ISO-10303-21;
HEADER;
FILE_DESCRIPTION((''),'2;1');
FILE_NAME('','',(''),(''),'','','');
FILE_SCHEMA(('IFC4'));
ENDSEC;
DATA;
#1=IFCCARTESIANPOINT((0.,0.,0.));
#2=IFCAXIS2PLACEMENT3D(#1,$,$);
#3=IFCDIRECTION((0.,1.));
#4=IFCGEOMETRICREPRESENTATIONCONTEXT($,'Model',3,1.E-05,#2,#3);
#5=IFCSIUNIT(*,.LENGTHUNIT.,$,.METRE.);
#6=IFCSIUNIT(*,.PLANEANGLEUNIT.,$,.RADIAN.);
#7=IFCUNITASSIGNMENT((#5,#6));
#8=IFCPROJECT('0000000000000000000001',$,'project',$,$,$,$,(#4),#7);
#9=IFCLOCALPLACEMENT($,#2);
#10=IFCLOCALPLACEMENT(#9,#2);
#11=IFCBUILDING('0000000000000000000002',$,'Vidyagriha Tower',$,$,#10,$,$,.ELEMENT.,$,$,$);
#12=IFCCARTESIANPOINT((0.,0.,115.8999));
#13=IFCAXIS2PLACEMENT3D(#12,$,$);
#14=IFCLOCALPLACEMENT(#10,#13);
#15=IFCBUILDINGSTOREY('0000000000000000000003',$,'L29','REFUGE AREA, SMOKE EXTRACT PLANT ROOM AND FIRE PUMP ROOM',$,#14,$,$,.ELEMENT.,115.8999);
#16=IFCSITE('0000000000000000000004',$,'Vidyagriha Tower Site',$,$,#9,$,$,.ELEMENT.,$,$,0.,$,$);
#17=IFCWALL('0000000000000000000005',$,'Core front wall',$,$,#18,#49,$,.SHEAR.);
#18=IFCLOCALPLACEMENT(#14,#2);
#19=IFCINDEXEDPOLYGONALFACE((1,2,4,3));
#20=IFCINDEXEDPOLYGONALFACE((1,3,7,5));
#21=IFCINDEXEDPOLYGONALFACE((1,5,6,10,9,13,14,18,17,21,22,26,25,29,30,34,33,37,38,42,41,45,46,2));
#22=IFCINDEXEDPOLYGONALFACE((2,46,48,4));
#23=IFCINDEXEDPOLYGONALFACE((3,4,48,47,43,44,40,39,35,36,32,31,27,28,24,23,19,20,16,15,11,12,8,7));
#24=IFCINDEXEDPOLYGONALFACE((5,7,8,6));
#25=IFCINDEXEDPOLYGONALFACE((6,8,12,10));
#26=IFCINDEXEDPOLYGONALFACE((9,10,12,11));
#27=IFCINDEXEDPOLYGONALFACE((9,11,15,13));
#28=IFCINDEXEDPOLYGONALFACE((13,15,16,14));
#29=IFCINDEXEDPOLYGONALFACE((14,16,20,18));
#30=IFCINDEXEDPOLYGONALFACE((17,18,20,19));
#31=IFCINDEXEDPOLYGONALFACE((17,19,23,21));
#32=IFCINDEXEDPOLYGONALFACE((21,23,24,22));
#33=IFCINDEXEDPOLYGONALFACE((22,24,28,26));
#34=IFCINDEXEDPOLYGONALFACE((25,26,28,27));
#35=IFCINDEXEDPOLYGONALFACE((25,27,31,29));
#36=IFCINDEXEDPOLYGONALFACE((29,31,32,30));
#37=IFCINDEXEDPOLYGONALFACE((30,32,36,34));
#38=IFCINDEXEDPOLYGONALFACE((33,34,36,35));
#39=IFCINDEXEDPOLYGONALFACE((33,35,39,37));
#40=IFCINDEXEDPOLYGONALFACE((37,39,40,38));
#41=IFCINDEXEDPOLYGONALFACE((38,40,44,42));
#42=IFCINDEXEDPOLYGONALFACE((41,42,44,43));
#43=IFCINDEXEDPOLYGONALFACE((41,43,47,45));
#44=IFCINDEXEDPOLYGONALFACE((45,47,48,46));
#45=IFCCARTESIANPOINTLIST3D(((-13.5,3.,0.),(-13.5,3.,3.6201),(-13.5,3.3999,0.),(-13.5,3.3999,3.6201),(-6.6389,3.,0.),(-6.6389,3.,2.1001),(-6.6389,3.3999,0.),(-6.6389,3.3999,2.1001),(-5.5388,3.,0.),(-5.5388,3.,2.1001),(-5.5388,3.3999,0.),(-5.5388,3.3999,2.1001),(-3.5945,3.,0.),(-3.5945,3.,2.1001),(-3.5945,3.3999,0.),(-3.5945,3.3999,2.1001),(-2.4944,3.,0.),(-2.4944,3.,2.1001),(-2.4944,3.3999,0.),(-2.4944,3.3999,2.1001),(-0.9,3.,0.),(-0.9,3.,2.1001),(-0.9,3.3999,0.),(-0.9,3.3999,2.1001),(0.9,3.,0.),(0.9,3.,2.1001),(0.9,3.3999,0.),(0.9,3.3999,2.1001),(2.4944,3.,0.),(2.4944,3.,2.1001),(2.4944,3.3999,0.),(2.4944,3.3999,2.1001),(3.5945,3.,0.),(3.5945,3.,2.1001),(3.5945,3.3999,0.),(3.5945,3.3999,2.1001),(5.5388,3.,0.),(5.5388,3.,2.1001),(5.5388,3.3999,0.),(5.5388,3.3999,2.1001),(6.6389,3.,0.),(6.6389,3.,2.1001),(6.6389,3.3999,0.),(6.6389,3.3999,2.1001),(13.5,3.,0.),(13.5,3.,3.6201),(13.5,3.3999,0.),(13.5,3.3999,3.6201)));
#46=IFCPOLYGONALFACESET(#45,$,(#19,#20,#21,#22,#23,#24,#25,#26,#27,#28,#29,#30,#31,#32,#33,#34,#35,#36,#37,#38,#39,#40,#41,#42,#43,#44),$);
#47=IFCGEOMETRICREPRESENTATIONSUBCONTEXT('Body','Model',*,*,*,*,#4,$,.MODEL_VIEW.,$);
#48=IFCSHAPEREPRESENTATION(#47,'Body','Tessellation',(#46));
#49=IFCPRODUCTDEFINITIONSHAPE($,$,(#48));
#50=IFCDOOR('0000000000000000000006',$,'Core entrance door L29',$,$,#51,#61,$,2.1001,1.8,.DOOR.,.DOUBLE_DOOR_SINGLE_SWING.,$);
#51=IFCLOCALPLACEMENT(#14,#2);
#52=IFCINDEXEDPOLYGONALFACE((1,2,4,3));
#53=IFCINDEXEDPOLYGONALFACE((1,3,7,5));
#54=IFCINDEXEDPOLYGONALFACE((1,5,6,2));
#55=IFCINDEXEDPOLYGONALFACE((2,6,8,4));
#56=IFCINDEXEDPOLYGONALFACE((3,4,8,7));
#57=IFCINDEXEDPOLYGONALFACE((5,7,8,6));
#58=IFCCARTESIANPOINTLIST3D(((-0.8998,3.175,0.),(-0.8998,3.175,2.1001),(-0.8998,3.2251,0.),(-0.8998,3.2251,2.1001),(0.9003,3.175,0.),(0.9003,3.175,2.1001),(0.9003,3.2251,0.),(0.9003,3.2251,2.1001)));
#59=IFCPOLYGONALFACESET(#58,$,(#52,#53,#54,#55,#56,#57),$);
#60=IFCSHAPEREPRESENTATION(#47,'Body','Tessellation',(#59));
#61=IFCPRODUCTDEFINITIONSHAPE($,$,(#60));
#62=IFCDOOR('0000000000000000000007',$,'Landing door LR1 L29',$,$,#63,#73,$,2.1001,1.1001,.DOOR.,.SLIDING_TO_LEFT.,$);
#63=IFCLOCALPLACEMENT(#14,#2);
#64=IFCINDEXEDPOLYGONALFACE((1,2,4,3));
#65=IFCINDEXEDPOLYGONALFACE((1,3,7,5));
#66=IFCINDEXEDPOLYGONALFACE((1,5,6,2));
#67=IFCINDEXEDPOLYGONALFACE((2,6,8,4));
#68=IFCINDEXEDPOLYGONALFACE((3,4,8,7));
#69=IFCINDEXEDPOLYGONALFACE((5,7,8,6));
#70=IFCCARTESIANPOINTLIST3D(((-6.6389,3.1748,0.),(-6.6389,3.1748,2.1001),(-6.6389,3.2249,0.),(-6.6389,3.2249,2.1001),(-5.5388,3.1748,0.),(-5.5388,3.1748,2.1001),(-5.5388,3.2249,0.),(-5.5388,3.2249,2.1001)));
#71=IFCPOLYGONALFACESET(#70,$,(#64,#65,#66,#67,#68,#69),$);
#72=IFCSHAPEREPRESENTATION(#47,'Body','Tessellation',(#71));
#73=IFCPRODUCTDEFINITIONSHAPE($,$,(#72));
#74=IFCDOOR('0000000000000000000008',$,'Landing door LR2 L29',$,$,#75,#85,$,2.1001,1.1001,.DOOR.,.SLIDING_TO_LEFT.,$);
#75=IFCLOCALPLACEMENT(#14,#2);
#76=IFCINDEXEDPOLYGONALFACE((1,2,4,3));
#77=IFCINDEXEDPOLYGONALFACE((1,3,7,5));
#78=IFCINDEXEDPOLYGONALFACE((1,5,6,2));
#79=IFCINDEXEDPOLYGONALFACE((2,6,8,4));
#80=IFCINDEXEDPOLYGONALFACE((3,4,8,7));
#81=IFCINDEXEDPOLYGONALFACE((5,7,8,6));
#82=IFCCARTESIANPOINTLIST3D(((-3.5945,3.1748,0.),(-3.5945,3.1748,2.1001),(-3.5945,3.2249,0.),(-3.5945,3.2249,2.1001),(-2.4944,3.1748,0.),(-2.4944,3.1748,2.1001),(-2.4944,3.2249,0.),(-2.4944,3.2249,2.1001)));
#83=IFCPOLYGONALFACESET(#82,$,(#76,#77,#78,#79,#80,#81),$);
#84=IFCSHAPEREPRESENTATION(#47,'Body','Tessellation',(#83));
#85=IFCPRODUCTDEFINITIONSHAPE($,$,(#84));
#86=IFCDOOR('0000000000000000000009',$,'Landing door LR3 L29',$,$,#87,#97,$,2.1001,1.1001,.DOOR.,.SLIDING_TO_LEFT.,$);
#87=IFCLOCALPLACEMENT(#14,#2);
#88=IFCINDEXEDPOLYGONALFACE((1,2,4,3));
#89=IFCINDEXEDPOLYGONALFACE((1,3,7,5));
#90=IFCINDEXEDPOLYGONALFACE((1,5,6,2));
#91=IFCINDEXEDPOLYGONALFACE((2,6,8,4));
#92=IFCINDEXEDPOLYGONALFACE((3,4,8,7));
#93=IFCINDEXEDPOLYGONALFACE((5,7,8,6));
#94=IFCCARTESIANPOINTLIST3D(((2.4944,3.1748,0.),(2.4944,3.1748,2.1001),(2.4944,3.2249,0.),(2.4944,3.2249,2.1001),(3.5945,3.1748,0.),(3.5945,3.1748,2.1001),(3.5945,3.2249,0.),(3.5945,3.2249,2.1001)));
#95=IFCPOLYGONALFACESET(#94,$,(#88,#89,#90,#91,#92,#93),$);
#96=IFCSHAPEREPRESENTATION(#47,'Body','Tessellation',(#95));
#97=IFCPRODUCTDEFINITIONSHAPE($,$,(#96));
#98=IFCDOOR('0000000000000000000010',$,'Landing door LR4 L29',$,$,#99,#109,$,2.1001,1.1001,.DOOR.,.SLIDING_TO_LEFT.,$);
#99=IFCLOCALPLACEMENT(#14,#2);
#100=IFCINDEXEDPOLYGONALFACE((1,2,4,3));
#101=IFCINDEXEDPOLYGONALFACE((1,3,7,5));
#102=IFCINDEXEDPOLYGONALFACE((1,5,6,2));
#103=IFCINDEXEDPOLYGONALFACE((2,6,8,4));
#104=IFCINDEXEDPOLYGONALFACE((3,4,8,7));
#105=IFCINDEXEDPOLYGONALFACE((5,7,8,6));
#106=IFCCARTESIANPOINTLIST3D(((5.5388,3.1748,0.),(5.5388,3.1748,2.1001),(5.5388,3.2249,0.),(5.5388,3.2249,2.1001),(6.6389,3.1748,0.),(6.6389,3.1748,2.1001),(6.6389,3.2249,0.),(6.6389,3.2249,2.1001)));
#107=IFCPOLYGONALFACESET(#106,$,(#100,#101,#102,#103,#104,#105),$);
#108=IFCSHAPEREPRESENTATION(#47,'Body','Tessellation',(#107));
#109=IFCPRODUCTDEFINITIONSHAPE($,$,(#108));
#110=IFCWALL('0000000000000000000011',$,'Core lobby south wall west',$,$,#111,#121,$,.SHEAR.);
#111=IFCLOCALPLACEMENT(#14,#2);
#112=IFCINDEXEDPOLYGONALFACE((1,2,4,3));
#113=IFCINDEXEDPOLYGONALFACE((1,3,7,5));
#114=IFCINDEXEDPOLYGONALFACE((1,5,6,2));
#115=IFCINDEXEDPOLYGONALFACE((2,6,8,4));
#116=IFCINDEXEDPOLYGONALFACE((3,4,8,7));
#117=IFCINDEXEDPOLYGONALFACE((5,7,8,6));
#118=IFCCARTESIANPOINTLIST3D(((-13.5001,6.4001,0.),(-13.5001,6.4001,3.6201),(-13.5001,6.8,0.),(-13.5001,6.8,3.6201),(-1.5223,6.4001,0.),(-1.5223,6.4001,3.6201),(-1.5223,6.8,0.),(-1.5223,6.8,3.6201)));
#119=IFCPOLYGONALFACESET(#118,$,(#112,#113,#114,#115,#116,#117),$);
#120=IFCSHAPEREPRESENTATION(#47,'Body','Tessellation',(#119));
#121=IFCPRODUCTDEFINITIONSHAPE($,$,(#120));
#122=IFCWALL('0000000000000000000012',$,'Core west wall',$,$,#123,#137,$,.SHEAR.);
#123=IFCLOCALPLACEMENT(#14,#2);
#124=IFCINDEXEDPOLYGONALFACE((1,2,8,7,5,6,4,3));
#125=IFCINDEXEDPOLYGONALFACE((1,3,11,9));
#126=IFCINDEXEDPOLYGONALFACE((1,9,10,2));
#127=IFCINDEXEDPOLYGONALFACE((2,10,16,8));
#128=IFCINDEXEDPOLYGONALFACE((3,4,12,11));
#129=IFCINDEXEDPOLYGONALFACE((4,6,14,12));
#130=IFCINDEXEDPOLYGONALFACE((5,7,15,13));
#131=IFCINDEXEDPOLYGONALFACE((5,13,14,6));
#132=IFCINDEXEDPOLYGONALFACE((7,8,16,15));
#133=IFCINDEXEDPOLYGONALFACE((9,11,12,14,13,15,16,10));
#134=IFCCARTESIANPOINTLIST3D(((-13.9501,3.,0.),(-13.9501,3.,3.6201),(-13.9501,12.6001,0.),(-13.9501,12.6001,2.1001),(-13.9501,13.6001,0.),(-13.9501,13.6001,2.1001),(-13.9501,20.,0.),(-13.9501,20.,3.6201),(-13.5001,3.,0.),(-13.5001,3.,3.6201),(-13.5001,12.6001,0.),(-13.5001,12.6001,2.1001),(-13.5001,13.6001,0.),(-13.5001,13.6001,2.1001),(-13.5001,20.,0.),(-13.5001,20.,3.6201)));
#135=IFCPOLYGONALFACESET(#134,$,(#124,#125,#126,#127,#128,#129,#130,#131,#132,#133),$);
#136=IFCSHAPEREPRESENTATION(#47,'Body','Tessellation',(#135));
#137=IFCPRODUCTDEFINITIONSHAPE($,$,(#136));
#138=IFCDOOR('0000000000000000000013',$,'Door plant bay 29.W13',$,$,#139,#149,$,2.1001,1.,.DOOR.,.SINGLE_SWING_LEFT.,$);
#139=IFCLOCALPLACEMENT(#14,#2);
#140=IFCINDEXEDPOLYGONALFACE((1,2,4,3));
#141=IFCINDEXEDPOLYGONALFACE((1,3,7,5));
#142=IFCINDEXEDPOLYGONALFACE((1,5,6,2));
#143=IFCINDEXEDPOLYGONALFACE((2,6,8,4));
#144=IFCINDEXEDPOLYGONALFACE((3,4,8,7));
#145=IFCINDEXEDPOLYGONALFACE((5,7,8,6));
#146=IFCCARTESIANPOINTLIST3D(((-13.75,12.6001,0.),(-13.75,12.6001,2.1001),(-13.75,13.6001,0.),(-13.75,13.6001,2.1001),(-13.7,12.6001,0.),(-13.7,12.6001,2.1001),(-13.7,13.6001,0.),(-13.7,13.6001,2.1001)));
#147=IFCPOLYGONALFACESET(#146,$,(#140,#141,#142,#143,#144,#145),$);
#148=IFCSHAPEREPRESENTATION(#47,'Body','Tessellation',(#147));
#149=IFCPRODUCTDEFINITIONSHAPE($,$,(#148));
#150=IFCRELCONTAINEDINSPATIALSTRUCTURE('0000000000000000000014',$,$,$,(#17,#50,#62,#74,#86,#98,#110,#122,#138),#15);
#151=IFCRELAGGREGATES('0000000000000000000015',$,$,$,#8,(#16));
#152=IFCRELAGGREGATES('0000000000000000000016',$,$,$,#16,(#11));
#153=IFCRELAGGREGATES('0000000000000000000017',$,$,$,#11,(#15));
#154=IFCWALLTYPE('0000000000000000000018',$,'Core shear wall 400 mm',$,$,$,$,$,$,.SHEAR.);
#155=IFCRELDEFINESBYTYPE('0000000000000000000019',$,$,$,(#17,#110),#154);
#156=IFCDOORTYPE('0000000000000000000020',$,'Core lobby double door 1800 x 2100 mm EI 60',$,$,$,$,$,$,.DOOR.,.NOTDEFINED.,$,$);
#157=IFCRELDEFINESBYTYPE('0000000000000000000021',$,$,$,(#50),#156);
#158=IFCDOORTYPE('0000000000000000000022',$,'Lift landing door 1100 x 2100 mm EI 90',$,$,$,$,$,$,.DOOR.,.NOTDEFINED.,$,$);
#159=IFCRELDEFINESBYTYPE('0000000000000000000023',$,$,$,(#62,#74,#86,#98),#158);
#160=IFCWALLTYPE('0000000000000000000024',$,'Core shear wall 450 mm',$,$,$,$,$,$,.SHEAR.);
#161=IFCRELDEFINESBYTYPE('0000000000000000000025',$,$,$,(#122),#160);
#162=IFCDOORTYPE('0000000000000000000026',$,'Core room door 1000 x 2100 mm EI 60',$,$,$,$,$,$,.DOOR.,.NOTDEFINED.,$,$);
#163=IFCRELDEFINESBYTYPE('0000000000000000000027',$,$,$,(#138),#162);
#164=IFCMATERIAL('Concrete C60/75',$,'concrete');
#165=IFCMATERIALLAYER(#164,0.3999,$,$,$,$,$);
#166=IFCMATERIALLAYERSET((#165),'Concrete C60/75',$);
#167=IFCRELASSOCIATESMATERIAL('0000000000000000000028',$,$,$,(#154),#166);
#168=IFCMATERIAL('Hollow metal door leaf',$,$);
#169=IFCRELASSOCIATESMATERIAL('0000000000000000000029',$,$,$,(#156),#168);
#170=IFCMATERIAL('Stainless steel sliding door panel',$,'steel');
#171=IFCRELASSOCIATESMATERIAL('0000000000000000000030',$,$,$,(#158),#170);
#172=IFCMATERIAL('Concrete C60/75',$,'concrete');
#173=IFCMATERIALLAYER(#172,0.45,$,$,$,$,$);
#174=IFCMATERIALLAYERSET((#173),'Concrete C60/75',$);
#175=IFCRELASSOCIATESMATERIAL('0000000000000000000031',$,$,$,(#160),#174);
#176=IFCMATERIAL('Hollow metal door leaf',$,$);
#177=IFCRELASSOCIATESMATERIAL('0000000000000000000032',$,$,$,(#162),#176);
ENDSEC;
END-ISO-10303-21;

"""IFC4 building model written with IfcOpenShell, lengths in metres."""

from ifc_helpers import new_model, si_unit, direction, frame, frame_2d, origin, place, context, subcontext, project, spatial, rectangle, extrude, material, layer, layer_set, type_object, element, fill, save


model = new_model("IFC4")

# Units and contexts
model_context = context("Model", 3, precision=1e-05, world=origin(), true_north=direction((0.0, 1.0)))
body_context = subcontext(model_context, "Body", "Model", "MODEL_VIEW")
ifc_project = project(units=[si_unit("LENGTHUNIT", "METRE"), si_unit("PLANEANGLEUNIT", "RADIAN")], contexts=[model_context])

# Site, building, storey
site_placement = place(None, origin())
site = spatial("IfcSite", under=ifc_project, at=site_placement, Name="Vidyagriha Tower Site", CompositionType="ELEMENT", RefElevation=0.0)
building_placement = place(site_placement, origin())
building = spatial("IfcBuilding", under=site, at=building_placement, Name="Vidyagriha Tower", CompositionType="ELEMENT")
storey_placement = place(building_placement, frame((0.0, 0.0, 115.8999)))
storey = spatial("IfcBuildingStorey", under=building, at=storey_placement, Name="L29", Description="REFUGE AREA, SMOKE EXTRACT PLANT ROOM AND FIRE PUMP ROOM", CompositionType="ELEMENT", Elevation=115.8999)

# Wall, openings, doors
ifc_material_1 = material(Name="Concrete C60/75", Category="concrete")
ifc_layer_1 = layer(ifc_material_1, 0.3999)
ifc_layer_set_1 = layer_set([ifc_layer_1], Name="Concrete C60/75")
wall_type_1 = type_object("IfcWallType", Name="Core shear wall 400 mm", PredefinedType="SHEAR", material=ifc_layer_set_1)
wall_1_placement = place(storey_placement, frame((-13.5, 3.2, 0.0)))
wall_1 = element("IfcWall", 1, at=wall_1_placement, inside=storey, type_object=wall_type_1, Name="Core front wall", PredefinedType="SHEAR", context=body_context, shape_type="SweptSolid", body=[
    extrude(rectangle(XDim=27.0, YDim=0.3999, at=frame_2d((13.5, 0.0))), origin(), (0.0, 0.0, 1.0), 3.6201),
])
opening_1_placement = place(wall_1_placement, frame((6.8611, 0.0, 0.0)))
opening_1 = element("IfcOpeningElement", 2, at=opening_1_placement, cuts=wall_1, PredefinedType="OPENING", context=body_context, shape_type="SweptSolid", body=[
    extrude(rectangle(XDim=1.1001, YDim=2.1001, at=frame_2d((0.55, 1.05))), frame((0.0, 0.21, 0.0), z_axis=(0.0, -1.0, 0.0), x_axis=(1.0, 0.0, 0.0)), (0.0, 0.0, 1.0), 0.4199),
])
opening_2_placement = place(wall_1_placement, frame((9.9055, 0.0, 0.0)))
opening_2 = element("IfcOpeningElement", 3, at=opening_2_placement, cuts=wall_1, PredefinedType="OPENING", context=body_context, shape_type="SweptSolid", body=[
    extrude(rectangle(XDim=1.1001, YDim=2.1001, at=frame_2d((0.55, 1.05))), frame((0.0, 0.21, 0.0), z_axis=(0.0, -1.0, 0.0), x_axis=(1.0, 0.0, 0.0)), (0.0, 0.0, 1.0), 0.4199),
])
opening_3_placement = place(wall_1_placement, frame((15.9944, 0.0, 0.0)))
opening_3 = element("IfcOpeningElement", 4, at=opening_3_placement, cuts=wall_1, PredefinedType="OPENING", context=body_context, shape_type="SweptSolid", body=[
    extrude(rectangle(XDim=1.1001, YDim=2.1001, at=frame_2d((0.55, 1.05))), frame((0.0, 0.21, 0.0), z_axis=(0.0, -1.0, 0.0), x_axis=(1.0, 0.0, 0.0)), (0.0, 0.0, 1.0), 0.4199),
])
opening_4_placement = place(wall_1_placement, frame((19.0388, 0.0, 0.0)))
opening_4 = element("IfcOpeningElement", 5, at=opening_4_placement, cuts=wall_1, PredefinedType="OPENING", context=body_context, shape_type="SweptSolid", body=[
    extrude(rectangle(XDim=1.1001, YDim=2.1001, at=frame_2d((0.55, 1.05))), frame((0.0, 0.21, 0.0), z_axis=(0.0, -1.0, 0.0), x_axis=(1.0, 0.0, 0.0)), (0.0, 0.0, 1.0), 0.4199),
])
opening_5_placement = place(wall_1_placement, frame((12.6001, 0.0, 0.0)))
opening_5 = element("IfcOpeningElement", 6, at=opening_5_placement, cuts=wall_1, PredefinedType="OPENING", context=body_context, shape_type="SweptSolid", body=[
    extrude(rectangle(XDim=1.8, YDim=2.1001, at=frame_2d((0.8999, 1.05))), frame((0.0, 0.21, 0.0), z_axis=(0.0, -1.0, 0.0), x_axis=(1.0, 0.0, 0.0)), (0.0, 0.0, 1.0), 0.4199),
])
ifc_material_2 = material(Name="Hollow metal door leaf")
door_type_1 = type_object("IfcDoorType", Name="Core lobby double door 1800 x 2100 mm EI 60", OperationType="NOTDEFINED", PredefinedType="DOOR", material=ifc_material_2)
door_1_placement = place(opening_5_placement, frame((1.8, 0.0, 0.0), z_axis=(0.0, 0.0, 1.0), x_axis=(-1.0, 0.0, 0.0)))
door_1 = element("IfcDoor", 7, at=door_1_placement, inside=storey, type_object=door_type_1, Name="Core entrance door L29", OperationType="DOUBLE_DOOR_SINGLE_SWING", OverallHeight=2.1001, OverallWidth=1.8, PredefinedType="DOOR", context=body_context, shape_type="SweptSolid", body=[
    extrude(rectangle(XDim=1.8, YDim=2.1001, at=frame_2d((0.8999, 1.05))), frame((0.0, 0.0249, 0.0), z_axis=(0.0, -1.0, 0.0), x_axis=(1.0, 0.0, 0.0)), (0.0, 0.0, 1.0), 0.05),
])
fill(opening_5, door_1)
ifc_material_3 = material(Name="Stainless steel sliding door panel", Category="steel")
door_type_2 = type_object("IfcDoorType", Name="Lift landing door 1100 x 2100 mm EI 90", OperationType="NOTDEFINED", PredefinedType="DOOR", material=ifc_material_3)
door_2_placement = place(opening_1_placement, origin())
door_2 = element("IfcDoor", 8, at=door_2_placement, inside=storey, type_object=door_type_2, Name="Landing door LR1 L29", OperationType="SLIDING_TO_LEFT", OverallHeight=2.1001, OverallWidth=1.1001, PredefinedType="DOOR", context=body_context, shape_type="SweptSolid", body=[
    extrude(rectangle(XDim=1.1001, YDim=2.1001, at=frame_2d((0.55, 1.05))), frame((0.0, 0.0249, 0.0), z_axis=(0.0, -1.0, 0.0), x_axis=(1.0, 0.0, 0.0)), (0.0, 0.0, 1.0), 0.05),
])
fill(opening_1, door_2)
door_3_placement = place(opening_2_placement, origin())
door_3 = element("IfcDoor", 9, at=door_3_placement, inside=storey, type_object=door_type_2, Name="Landing door LR2 L29", OperationType="SLIDING_TO_LEFT", OverallHeight=2.1001, OverallWidth=1.1001, PredefinedType="DOOR", context=body_context, shape_type="SweptSolid", body=[
    extrude(rectangle(XDim=1.1001, YDim=2.1001, at=frame_2d((0.55, 1.05))), frame((0.0, 0.0249, 0.0), z_axis=(0.0, -1.0, 0.0), x_axis=(1.0, 0.0, 0.0)), (0.0, 0.0, 1.0), 0.05),
])
fill(opening_2, door_3)
door_4_placement = place(opening_3_placement, origin())
door_4 = element("IfcDoor", 10, at=door_4_placement, inside=storey, type_object=door_type_2, Name="Landing door LR3 L29", OperationType="SLIDING_TO_LEFT", OverallHeight=2.1001, OverallWidth=1.1001, PredefinedType="DOOR", context=body_context, shape_type="SweptSolid", body=[
    extrude(rectangle(XDim=1.1001, YDim=2.1001, at=frame_2d((0.55, 1.05))), frame((0.0, 0.0249, 0.0), z_axis=(0.0, -1.0, 0.0), x_axis=(1.0, 0.0, 0.0)), (0.0, 0.0, 1.0), 0.05),
])
fill(opening_3, door_4)
door_5_placement = place(opening_4_placement, origin())
door_5 = element("IfcDoor", 11, at=door_5_placement, inside=storey, type_object=door_type_2, Name="Landing door LR4 L29", OperationType="SLIDING_TO_LEFT", OverallHeight=2.1001, OverallWidth=1.1001, PredefinedType="DOOR", context=body_context, shape_type="SweptSolid", body=[
    extrude(rectangle(XDim=1.1001, YDim=2.1001, at=frame_2d((0.55, 1.05))), frame((0.0, 0.0249, 0.0), z_axis=(0.0, -1.0, 0.0), x_axis=(1.0, 0.0, 0.0)), (0.0, 0.0, 1.0), 0.05),
])
fill(opening_4, door_5)

# Wall
wall_2_placement = place(storey_placement, frame((-13.5, 6.6001, 0.0)))
element("IfcWall", 12, at=wall_2_placement, inside=storey, type_object=wall_type_1, Name="Core lobby south wall west", PredefinedType="SHEAR", context=body_context, shape_type="SweptSolid", body=[
    extrude(rectangle(XDim=11.9778, YDim=0.3999, at=frame_2d((5.9888, 0.0))), origin(), (0.0, 0.0, 1.0), 3.6201),
])

# Wall, opening, door
ifc_material_4 = material(Name="Concrete C60/75", Category="concrete")
ifc_layer_2 = layer(ifc_material_4, 0.45)
ifc_layer_set_2 = layer_set([ifc_layer_2], Name="Concrete C60/75")
wall_type_2 = type_object("IfcWallType", Name="Core shear wall 450 mm", PredefinedType="SHEAR", material=ifc_layer_set_2)
wall_3_placement = place(storey_placement, frame((-13.7251, 3.0, 0.0), z_axis=(0.0, 0.0, 1.0), x_axis=(0.0, 1.0, 0.0)))
wall_3 = element("IfcWall", 13, at=wall_3_placement, inside=storey, type_object=wall_type_2, Name="Core west wall", PredefinedType="SHEAR", context=body_context, shape_type="SweptSolid", body=[
    extrude(rectangle(XDim=17.0, YDim=0.45, at=frame_2d((8.5, 0.0))), origin(), (0.0, 0.0, 1.0), 3.6201),
])
opening_6_placement = place(wall_3_placement, frame((9.6001, 0.0, 0.0)))
opening_6 = element("IfcOpeningElement", 14, at=opening_6_placement, cuts=wall_3, PredefinedType="OPENING", context=body_context, shape_type="SweptSolid", body=[
    extrude(rectangle(XDim=1.0, YDim=2.1001, at=frame_2d((0.5, 1.05))), frame((0.0, 0.2349, 0.0), z_axis=(0.0, -1.0, 0.0), x_axis=(1.0, 0.0, 0.0)), (0.0, 0.0, 1.0), 0.47),
])
ifc_material_5 = material(Name="Hollow metal door leaf")
door_type_3 = type_object("IfcDoorType", Name="Core room door 1000 x 2100 mm EI 60", OperationType="NOTDEFINED", PredefinedType="DOOR", material=ifc_material_5)
door_6_placement = place(opening_6_placement, origin())
door_6 = element("IfcDoor", 15, at=door_6_placement, inside=storey, type_object=door_type_3, Name="Door plant bay 29.W13", OperationType="SINGLE_SWING_LEFT", OverallHeight=2.1001, OverallWidth=1.0, PredefinedType="DOOR", context=body_context, shape_type="SweptSolid", body=[
    extrude(rectangle(XDim=1.0, YDim=2.1001, at=frame_2d((0.5, 1.05))), frame((0.0, 0.0249, 0.0), z_axis=(0.0, -1.0, 0.0), x_axis=(1.0, 0.0, 0.0)), (0.0, 0.0, 1.0), 0.05),
])
fill(opening_6, door_6)

save(model, "model.ifc")
